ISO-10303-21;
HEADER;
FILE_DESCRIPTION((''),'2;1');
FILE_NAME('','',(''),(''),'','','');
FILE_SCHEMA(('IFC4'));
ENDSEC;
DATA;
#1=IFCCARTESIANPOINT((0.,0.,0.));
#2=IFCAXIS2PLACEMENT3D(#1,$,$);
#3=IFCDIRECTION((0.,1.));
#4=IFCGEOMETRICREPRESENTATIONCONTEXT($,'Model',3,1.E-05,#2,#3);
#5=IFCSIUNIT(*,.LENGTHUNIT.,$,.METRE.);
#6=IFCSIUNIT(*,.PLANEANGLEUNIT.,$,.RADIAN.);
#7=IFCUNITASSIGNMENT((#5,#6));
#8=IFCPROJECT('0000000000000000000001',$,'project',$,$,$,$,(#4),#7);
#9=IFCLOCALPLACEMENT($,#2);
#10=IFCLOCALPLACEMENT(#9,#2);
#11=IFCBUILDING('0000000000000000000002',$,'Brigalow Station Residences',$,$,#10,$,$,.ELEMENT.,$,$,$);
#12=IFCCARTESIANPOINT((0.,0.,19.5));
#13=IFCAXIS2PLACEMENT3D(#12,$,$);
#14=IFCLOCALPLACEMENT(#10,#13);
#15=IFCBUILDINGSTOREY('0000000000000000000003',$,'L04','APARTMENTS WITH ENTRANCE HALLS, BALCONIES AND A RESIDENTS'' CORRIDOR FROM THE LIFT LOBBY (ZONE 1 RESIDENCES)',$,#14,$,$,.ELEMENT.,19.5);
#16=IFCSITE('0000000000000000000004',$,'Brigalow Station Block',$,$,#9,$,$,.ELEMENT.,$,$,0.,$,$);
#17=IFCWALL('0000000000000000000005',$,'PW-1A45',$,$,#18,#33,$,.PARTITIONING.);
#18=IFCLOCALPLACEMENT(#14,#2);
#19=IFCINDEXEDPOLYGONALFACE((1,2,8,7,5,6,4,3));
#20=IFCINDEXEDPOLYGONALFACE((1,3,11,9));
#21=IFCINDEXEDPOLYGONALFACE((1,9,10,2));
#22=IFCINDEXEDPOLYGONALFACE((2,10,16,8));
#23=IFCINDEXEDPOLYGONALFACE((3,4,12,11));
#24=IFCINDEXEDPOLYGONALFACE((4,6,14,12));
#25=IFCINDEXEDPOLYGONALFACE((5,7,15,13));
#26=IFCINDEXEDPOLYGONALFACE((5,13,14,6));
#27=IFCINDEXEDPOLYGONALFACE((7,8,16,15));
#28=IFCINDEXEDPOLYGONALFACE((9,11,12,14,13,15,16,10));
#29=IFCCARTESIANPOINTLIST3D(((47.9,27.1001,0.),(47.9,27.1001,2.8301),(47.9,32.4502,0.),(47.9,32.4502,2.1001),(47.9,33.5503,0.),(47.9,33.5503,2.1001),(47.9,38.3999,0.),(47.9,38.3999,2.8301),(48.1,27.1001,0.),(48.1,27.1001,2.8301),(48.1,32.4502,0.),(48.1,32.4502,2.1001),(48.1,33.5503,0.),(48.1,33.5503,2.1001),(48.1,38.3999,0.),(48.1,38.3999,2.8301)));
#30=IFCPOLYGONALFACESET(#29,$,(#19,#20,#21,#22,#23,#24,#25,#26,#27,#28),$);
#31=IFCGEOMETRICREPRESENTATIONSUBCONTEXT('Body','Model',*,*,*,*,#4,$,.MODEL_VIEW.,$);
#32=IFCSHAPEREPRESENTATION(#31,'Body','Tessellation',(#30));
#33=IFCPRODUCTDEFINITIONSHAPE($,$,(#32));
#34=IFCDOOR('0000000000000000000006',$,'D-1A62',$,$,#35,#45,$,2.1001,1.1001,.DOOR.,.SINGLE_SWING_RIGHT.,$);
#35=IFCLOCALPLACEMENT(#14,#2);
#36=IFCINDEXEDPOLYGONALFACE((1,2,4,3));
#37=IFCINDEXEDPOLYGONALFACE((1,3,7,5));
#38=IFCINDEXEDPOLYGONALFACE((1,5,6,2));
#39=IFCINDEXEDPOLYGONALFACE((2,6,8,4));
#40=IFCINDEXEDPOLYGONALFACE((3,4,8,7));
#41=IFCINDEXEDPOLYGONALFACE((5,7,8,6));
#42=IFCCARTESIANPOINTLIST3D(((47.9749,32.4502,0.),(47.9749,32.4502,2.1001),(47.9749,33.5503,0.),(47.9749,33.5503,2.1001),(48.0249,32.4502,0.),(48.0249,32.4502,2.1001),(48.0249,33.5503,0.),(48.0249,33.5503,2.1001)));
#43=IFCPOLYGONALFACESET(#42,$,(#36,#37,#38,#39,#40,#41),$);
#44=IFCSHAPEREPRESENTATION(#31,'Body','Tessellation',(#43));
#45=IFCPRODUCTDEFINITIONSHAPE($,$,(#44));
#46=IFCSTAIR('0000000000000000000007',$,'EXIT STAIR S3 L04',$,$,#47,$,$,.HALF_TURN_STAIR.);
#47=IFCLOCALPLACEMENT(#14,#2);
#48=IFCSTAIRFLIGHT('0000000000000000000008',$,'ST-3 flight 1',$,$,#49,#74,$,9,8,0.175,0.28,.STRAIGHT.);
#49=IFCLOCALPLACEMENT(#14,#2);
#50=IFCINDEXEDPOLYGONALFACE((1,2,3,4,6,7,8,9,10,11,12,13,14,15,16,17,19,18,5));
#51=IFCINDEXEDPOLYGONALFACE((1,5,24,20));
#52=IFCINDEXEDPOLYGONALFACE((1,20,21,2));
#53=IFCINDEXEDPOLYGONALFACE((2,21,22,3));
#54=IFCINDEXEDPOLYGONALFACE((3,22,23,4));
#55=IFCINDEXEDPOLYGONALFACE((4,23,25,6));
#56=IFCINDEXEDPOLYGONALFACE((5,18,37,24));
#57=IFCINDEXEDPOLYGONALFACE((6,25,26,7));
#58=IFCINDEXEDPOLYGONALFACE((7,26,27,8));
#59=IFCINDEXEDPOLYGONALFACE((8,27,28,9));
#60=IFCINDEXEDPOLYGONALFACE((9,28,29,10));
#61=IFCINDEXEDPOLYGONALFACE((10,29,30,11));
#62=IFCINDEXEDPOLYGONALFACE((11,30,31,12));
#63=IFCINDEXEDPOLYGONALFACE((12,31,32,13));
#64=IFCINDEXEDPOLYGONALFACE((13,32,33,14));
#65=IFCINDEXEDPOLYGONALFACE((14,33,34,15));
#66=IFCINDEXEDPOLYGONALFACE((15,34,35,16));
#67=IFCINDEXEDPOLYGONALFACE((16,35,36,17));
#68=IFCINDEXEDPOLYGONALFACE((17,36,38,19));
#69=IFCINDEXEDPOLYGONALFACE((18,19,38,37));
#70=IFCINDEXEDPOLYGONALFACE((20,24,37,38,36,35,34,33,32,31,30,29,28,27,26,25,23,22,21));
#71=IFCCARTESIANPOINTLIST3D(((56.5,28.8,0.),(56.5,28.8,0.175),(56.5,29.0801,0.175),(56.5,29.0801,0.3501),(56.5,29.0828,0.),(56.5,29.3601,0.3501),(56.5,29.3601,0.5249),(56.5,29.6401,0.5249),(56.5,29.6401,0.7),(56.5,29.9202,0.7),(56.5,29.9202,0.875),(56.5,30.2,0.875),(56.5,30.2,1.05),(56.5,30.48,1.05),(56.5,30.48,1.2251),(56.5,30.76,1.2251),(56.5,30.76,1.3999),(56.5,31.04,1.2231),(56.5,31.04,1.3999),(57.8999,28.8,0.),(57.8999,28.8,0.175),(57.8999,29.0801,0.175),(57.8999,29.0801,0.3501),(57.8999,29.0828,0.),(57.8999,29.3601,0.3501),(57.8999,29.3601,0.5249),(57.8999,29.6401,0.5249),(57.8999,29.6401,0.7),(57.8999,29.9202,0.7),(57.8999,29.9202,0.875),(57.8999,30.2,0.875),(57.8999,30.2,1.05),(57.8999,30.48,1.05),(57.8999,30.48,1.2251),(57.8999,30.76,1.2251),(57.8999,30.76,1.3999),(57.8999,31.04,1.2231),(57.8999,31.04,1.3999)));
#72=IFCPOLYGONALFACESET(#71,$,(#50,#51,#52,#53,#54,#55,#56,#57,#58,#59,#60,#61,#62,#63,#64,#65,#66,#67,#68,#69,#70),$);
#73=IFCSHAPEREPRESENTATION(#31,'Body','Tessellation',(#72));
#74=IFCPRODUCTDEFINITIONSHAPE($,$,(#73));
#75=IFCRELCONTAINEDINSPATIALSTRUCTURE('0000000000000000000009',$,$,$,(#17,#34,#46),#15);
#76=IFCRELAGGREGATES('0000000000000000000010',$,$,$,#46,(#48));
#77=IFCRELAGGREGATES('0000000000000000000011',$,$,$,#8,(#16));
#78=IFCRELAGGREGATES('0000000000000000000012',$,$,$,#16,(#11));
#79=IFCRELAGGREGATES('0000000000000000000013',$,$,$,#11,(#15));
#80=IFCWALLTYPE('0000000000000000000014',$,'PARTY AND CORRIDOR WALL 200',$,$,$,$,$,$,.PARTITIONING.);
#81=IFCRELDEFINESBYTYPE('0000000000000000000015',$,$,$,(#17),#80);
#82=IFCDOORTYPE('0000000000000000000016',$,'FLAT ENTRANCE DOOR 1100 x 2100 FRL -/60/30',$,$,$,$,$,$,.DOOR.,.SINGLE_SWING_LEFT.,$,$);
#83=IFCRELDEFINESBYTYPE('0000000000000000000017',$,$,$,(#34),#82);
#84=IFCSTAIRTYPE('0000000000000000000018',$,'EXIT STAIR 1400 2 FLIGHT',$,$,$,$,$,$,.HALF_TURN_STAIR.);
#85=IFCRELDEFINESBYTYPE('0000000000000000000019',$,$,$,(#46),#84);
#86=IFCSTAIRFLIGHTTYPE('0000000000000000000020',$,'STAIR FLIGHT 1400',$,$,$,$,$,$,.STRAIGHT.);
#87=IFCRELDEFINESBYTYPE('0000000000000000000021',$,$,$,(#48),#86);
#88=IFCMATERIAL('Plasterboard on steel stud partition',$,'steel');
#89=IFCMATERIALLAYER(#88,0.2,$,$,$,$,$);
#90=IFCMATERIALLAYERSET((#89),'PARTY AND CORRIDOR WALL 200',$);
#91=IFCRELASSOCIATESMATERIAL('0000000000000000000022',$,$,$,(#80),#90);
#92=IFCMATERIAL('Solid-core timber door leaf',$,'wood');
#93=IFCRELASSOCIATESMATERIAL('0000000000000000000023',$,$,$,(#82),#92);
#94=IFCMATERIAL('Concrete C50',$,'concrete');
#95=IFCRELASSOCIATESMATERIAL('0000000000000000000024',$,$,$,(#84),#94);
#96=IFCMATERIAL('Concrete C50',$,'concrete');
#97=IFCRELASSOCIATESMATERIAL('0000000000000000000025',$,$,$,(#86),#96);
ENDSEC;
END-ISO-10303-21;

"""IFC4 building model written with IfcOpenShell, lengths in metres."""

from ifc_helpers import new_model, si_unit, direction, frame, frame_2d, origin, place, context, subcontext, project, spatial, polyline, rectangle, outline, extrude, material, layer, layer_set, type_object, element, fill, aggregate, save


model = new_model("IFC4")

# Units and contexts
model_context = context("Model", 3, precision=1e-05, world=origin(), true_north=direction((0.0, 1.0)))
body_context = subcontext(model_context, "Body", "Model", "MODEL_VIEW")
ifc_project = project(units=[si_unit("LENGTHUNIT", "METRE"), si_unit("PLANEANGLEUNIT", "RADIAN")], contexts=[model_context])

# Site, building, storey
site_placement = place(None, origin())
site = spatial("IfcSite", under=ifc_project, at=site_placement, Name="Brigalow Station Block", CompositionType="ELEMENT", RefElevation=0.0)
building_placement = place(site_placement, origin())
building = spatial("IfcBuilding", under=site, at=building_placement, Name="Brigalow Station Residences", CompositionType="ELEMENT")
storey_placement = place(building_placement, frame((0.0, 0.0, 19.5)))
storey = spatial("IfcBuildingStorey", under=building, at=storey_placement, Name="L04", Description="APARTMENTS WITH ENTRANCE HALLS, BALCONIES AND A RESIDENTS' CORRIDOR FROM THE LIFT LOBBY (ZONE 1 RESIDENCES)", CompositionType="ELEMENT", Elevation=19.5)

# Shared definitions
ifc_material_1 = material(Name="Plasterboard on steel stud partition", Category="steel")
ifc_layer_1 = layer(ifc_material_1, 0.2)
ifc_layer_set_1 = layer_set([ifc_layer_1], Name="PARTY AND CORRIDOR WALL 200")
wall_type_1 = type_object("IfcWallType", Name="PARTY AND CORRIDOR WALL 200", PredefinedType="PARTITIONING", material=ifc_layer_set_1)

# Wall, opening, door
wall_1_placement = place(storey_placement, frame((48.0, 27.1001, 0.0), z_axis=(0.0, 0.0, 1.0), x_axis=(0.0, 1.0, 0.0)))
wall_1 = element("IfcWall", 1, at=wall_1_placement, inside=storey, type_object=wall_type_1, Name="PW-1A45", PredefinedType="PARTITIONING", context=body_context, shape_type="SweptSolid", body=[
    extrude(rectangle(XDim=11.2998, YDim=0.2, at=frame_2d((5.6499, 0.0))), origin(), (0.0, 0.0, 1.0), 2.8301),
])
opening_1_placement = place(wall_1_placement, frame((5.3501, 0.0, 0.0)))
opening_1 = element("IfcOpeningElement", 2, at=opening_1_placement, cuts=wall_1, PredefinedType="OPENING", context=body_context, shape_type="SweptSolid", body=[
    extrude(rectangle(XDim=1.1001, YDim=2.1001, at=frame_2d((0.55, 1.05))), frame((0.0, 0.1099, 0.0), z_axis=(0.0, -1.0, 0.0), x_axis=(1.0, 0.0, 0.0)), (0.0, 0.0, 1.0), 0.22),
])
ifc_material_2 = material(Name="Solid-core timber door leaf", Category="wood")
door_type_1 = type_object("IfcDoorType", Name="FLAT ENTRANCE DOOR 1100 x 2100 FRL -/60/30", OperationType="SINGLE_SWING_LEFT", PredefinedType="DOOR", material=ifc_material_2)
door_1_placement = place(opening_1_placement, frame((1.1001, 0.0, 0.0), z_axis=(0.0, 0.0, 1.0), x_axis=(-1.0, 0.0, 0.0)))
door_1 = element("IfcDoor", 3, at=door_1_placement, inside=storey, type_object=door_type_1, Name="D-1A62", OperationType="SINGLE_SWING_RIGHT", OverallHeight=2.1001, OverallWidth=1.1001, PredefinedType="DOOR", context=body_context, shape_type="SweptSolid", body=[
    extrude(rectangle(XDim=1.1001, YDim=2.1001, at=frame_2d((0.55, 1.05))), frame((0.0, 0.0249, 0.0), z_axis=(0.0, -1.0, 0.0), x_axis=(1.0, 0.0, 0.0)), (0.0, 0.0, 1.0), 0.05),
])
fill(opening_1, door_1)

# Stair, stair flight
ifc_material_3 = material(Name="Concrete C50", Category="concrete")
stair_type = type_object("IfcStairType", Name="EXIT STAIR 1400 2 FLIGHT", PredefinedType="HALF_TURN_STAIR", material=ifc_material_3)
stair_placement = place(storey_placement, origin())
stair = element("IfcStair", 4, at=stair_placement, inside=storey, type_object=stair_type, Name="EXIT STAIR S3 L04", PredefinedType="HALF_TURN_STAIR")
ifc_material_4 = material(Name="Concrete C50", Category="concrete")
stair_flight_type = type_object("IfcStairFlightType", Name="STAIR FLIGHT 1400", PredefinedType="STRAIGHT", material=ifc_material_4)
stair_flight_placement = place(storey_placement, frame((57.2, 28.8, 0.0), z_axis=(0.0, 0.0, 1.0), x_axis=(0.0, 1.0, 0.0)))
stair_flight = element("IfcStairFlight", 5, at=stair_flight_placement, type_object=stair_flight_type, Name="ST-3 flight 1", NumberOfRisers=9, NumberOfTreads=8, PredefinedType="STRAIGHT", RiserHeight=0.175, TreadLength=0.28, context=body_context, shape_type="SweptSolid", body=[
    extrude(outline(polyline([(0.0, 0.0), (0.0, 0.175), (0.28, 0.175), (0.28, 0.3501), (0.5601, 0.3501), (0.5601, 0.5249), (0.8401, 0.5249), (0.8401, 0.7), (1.1201, 0.7), (1.1201, 0.875), (1.3999, 0.875), (1.3999, 1.05), (1.6799, 1.05), (1.6799, 1.2251), (1.96, 1.2251), (1.96, 1.3999), (2.24, 1.3999), (2.24, 1.575), (2.24, 1.2231), (0.2827, 0.0), (0.0, 0.0)])), frame((0.0, 0.7, 0.0), z_axis=(0.0, -1.0, 0.0), x_axis=(1.0, 0.0, 0.0)), (0.0, 0.0, 1.0), 1.3999),
])
aggregate(stair, [stair_flight])

save(model, "model.ifc")
